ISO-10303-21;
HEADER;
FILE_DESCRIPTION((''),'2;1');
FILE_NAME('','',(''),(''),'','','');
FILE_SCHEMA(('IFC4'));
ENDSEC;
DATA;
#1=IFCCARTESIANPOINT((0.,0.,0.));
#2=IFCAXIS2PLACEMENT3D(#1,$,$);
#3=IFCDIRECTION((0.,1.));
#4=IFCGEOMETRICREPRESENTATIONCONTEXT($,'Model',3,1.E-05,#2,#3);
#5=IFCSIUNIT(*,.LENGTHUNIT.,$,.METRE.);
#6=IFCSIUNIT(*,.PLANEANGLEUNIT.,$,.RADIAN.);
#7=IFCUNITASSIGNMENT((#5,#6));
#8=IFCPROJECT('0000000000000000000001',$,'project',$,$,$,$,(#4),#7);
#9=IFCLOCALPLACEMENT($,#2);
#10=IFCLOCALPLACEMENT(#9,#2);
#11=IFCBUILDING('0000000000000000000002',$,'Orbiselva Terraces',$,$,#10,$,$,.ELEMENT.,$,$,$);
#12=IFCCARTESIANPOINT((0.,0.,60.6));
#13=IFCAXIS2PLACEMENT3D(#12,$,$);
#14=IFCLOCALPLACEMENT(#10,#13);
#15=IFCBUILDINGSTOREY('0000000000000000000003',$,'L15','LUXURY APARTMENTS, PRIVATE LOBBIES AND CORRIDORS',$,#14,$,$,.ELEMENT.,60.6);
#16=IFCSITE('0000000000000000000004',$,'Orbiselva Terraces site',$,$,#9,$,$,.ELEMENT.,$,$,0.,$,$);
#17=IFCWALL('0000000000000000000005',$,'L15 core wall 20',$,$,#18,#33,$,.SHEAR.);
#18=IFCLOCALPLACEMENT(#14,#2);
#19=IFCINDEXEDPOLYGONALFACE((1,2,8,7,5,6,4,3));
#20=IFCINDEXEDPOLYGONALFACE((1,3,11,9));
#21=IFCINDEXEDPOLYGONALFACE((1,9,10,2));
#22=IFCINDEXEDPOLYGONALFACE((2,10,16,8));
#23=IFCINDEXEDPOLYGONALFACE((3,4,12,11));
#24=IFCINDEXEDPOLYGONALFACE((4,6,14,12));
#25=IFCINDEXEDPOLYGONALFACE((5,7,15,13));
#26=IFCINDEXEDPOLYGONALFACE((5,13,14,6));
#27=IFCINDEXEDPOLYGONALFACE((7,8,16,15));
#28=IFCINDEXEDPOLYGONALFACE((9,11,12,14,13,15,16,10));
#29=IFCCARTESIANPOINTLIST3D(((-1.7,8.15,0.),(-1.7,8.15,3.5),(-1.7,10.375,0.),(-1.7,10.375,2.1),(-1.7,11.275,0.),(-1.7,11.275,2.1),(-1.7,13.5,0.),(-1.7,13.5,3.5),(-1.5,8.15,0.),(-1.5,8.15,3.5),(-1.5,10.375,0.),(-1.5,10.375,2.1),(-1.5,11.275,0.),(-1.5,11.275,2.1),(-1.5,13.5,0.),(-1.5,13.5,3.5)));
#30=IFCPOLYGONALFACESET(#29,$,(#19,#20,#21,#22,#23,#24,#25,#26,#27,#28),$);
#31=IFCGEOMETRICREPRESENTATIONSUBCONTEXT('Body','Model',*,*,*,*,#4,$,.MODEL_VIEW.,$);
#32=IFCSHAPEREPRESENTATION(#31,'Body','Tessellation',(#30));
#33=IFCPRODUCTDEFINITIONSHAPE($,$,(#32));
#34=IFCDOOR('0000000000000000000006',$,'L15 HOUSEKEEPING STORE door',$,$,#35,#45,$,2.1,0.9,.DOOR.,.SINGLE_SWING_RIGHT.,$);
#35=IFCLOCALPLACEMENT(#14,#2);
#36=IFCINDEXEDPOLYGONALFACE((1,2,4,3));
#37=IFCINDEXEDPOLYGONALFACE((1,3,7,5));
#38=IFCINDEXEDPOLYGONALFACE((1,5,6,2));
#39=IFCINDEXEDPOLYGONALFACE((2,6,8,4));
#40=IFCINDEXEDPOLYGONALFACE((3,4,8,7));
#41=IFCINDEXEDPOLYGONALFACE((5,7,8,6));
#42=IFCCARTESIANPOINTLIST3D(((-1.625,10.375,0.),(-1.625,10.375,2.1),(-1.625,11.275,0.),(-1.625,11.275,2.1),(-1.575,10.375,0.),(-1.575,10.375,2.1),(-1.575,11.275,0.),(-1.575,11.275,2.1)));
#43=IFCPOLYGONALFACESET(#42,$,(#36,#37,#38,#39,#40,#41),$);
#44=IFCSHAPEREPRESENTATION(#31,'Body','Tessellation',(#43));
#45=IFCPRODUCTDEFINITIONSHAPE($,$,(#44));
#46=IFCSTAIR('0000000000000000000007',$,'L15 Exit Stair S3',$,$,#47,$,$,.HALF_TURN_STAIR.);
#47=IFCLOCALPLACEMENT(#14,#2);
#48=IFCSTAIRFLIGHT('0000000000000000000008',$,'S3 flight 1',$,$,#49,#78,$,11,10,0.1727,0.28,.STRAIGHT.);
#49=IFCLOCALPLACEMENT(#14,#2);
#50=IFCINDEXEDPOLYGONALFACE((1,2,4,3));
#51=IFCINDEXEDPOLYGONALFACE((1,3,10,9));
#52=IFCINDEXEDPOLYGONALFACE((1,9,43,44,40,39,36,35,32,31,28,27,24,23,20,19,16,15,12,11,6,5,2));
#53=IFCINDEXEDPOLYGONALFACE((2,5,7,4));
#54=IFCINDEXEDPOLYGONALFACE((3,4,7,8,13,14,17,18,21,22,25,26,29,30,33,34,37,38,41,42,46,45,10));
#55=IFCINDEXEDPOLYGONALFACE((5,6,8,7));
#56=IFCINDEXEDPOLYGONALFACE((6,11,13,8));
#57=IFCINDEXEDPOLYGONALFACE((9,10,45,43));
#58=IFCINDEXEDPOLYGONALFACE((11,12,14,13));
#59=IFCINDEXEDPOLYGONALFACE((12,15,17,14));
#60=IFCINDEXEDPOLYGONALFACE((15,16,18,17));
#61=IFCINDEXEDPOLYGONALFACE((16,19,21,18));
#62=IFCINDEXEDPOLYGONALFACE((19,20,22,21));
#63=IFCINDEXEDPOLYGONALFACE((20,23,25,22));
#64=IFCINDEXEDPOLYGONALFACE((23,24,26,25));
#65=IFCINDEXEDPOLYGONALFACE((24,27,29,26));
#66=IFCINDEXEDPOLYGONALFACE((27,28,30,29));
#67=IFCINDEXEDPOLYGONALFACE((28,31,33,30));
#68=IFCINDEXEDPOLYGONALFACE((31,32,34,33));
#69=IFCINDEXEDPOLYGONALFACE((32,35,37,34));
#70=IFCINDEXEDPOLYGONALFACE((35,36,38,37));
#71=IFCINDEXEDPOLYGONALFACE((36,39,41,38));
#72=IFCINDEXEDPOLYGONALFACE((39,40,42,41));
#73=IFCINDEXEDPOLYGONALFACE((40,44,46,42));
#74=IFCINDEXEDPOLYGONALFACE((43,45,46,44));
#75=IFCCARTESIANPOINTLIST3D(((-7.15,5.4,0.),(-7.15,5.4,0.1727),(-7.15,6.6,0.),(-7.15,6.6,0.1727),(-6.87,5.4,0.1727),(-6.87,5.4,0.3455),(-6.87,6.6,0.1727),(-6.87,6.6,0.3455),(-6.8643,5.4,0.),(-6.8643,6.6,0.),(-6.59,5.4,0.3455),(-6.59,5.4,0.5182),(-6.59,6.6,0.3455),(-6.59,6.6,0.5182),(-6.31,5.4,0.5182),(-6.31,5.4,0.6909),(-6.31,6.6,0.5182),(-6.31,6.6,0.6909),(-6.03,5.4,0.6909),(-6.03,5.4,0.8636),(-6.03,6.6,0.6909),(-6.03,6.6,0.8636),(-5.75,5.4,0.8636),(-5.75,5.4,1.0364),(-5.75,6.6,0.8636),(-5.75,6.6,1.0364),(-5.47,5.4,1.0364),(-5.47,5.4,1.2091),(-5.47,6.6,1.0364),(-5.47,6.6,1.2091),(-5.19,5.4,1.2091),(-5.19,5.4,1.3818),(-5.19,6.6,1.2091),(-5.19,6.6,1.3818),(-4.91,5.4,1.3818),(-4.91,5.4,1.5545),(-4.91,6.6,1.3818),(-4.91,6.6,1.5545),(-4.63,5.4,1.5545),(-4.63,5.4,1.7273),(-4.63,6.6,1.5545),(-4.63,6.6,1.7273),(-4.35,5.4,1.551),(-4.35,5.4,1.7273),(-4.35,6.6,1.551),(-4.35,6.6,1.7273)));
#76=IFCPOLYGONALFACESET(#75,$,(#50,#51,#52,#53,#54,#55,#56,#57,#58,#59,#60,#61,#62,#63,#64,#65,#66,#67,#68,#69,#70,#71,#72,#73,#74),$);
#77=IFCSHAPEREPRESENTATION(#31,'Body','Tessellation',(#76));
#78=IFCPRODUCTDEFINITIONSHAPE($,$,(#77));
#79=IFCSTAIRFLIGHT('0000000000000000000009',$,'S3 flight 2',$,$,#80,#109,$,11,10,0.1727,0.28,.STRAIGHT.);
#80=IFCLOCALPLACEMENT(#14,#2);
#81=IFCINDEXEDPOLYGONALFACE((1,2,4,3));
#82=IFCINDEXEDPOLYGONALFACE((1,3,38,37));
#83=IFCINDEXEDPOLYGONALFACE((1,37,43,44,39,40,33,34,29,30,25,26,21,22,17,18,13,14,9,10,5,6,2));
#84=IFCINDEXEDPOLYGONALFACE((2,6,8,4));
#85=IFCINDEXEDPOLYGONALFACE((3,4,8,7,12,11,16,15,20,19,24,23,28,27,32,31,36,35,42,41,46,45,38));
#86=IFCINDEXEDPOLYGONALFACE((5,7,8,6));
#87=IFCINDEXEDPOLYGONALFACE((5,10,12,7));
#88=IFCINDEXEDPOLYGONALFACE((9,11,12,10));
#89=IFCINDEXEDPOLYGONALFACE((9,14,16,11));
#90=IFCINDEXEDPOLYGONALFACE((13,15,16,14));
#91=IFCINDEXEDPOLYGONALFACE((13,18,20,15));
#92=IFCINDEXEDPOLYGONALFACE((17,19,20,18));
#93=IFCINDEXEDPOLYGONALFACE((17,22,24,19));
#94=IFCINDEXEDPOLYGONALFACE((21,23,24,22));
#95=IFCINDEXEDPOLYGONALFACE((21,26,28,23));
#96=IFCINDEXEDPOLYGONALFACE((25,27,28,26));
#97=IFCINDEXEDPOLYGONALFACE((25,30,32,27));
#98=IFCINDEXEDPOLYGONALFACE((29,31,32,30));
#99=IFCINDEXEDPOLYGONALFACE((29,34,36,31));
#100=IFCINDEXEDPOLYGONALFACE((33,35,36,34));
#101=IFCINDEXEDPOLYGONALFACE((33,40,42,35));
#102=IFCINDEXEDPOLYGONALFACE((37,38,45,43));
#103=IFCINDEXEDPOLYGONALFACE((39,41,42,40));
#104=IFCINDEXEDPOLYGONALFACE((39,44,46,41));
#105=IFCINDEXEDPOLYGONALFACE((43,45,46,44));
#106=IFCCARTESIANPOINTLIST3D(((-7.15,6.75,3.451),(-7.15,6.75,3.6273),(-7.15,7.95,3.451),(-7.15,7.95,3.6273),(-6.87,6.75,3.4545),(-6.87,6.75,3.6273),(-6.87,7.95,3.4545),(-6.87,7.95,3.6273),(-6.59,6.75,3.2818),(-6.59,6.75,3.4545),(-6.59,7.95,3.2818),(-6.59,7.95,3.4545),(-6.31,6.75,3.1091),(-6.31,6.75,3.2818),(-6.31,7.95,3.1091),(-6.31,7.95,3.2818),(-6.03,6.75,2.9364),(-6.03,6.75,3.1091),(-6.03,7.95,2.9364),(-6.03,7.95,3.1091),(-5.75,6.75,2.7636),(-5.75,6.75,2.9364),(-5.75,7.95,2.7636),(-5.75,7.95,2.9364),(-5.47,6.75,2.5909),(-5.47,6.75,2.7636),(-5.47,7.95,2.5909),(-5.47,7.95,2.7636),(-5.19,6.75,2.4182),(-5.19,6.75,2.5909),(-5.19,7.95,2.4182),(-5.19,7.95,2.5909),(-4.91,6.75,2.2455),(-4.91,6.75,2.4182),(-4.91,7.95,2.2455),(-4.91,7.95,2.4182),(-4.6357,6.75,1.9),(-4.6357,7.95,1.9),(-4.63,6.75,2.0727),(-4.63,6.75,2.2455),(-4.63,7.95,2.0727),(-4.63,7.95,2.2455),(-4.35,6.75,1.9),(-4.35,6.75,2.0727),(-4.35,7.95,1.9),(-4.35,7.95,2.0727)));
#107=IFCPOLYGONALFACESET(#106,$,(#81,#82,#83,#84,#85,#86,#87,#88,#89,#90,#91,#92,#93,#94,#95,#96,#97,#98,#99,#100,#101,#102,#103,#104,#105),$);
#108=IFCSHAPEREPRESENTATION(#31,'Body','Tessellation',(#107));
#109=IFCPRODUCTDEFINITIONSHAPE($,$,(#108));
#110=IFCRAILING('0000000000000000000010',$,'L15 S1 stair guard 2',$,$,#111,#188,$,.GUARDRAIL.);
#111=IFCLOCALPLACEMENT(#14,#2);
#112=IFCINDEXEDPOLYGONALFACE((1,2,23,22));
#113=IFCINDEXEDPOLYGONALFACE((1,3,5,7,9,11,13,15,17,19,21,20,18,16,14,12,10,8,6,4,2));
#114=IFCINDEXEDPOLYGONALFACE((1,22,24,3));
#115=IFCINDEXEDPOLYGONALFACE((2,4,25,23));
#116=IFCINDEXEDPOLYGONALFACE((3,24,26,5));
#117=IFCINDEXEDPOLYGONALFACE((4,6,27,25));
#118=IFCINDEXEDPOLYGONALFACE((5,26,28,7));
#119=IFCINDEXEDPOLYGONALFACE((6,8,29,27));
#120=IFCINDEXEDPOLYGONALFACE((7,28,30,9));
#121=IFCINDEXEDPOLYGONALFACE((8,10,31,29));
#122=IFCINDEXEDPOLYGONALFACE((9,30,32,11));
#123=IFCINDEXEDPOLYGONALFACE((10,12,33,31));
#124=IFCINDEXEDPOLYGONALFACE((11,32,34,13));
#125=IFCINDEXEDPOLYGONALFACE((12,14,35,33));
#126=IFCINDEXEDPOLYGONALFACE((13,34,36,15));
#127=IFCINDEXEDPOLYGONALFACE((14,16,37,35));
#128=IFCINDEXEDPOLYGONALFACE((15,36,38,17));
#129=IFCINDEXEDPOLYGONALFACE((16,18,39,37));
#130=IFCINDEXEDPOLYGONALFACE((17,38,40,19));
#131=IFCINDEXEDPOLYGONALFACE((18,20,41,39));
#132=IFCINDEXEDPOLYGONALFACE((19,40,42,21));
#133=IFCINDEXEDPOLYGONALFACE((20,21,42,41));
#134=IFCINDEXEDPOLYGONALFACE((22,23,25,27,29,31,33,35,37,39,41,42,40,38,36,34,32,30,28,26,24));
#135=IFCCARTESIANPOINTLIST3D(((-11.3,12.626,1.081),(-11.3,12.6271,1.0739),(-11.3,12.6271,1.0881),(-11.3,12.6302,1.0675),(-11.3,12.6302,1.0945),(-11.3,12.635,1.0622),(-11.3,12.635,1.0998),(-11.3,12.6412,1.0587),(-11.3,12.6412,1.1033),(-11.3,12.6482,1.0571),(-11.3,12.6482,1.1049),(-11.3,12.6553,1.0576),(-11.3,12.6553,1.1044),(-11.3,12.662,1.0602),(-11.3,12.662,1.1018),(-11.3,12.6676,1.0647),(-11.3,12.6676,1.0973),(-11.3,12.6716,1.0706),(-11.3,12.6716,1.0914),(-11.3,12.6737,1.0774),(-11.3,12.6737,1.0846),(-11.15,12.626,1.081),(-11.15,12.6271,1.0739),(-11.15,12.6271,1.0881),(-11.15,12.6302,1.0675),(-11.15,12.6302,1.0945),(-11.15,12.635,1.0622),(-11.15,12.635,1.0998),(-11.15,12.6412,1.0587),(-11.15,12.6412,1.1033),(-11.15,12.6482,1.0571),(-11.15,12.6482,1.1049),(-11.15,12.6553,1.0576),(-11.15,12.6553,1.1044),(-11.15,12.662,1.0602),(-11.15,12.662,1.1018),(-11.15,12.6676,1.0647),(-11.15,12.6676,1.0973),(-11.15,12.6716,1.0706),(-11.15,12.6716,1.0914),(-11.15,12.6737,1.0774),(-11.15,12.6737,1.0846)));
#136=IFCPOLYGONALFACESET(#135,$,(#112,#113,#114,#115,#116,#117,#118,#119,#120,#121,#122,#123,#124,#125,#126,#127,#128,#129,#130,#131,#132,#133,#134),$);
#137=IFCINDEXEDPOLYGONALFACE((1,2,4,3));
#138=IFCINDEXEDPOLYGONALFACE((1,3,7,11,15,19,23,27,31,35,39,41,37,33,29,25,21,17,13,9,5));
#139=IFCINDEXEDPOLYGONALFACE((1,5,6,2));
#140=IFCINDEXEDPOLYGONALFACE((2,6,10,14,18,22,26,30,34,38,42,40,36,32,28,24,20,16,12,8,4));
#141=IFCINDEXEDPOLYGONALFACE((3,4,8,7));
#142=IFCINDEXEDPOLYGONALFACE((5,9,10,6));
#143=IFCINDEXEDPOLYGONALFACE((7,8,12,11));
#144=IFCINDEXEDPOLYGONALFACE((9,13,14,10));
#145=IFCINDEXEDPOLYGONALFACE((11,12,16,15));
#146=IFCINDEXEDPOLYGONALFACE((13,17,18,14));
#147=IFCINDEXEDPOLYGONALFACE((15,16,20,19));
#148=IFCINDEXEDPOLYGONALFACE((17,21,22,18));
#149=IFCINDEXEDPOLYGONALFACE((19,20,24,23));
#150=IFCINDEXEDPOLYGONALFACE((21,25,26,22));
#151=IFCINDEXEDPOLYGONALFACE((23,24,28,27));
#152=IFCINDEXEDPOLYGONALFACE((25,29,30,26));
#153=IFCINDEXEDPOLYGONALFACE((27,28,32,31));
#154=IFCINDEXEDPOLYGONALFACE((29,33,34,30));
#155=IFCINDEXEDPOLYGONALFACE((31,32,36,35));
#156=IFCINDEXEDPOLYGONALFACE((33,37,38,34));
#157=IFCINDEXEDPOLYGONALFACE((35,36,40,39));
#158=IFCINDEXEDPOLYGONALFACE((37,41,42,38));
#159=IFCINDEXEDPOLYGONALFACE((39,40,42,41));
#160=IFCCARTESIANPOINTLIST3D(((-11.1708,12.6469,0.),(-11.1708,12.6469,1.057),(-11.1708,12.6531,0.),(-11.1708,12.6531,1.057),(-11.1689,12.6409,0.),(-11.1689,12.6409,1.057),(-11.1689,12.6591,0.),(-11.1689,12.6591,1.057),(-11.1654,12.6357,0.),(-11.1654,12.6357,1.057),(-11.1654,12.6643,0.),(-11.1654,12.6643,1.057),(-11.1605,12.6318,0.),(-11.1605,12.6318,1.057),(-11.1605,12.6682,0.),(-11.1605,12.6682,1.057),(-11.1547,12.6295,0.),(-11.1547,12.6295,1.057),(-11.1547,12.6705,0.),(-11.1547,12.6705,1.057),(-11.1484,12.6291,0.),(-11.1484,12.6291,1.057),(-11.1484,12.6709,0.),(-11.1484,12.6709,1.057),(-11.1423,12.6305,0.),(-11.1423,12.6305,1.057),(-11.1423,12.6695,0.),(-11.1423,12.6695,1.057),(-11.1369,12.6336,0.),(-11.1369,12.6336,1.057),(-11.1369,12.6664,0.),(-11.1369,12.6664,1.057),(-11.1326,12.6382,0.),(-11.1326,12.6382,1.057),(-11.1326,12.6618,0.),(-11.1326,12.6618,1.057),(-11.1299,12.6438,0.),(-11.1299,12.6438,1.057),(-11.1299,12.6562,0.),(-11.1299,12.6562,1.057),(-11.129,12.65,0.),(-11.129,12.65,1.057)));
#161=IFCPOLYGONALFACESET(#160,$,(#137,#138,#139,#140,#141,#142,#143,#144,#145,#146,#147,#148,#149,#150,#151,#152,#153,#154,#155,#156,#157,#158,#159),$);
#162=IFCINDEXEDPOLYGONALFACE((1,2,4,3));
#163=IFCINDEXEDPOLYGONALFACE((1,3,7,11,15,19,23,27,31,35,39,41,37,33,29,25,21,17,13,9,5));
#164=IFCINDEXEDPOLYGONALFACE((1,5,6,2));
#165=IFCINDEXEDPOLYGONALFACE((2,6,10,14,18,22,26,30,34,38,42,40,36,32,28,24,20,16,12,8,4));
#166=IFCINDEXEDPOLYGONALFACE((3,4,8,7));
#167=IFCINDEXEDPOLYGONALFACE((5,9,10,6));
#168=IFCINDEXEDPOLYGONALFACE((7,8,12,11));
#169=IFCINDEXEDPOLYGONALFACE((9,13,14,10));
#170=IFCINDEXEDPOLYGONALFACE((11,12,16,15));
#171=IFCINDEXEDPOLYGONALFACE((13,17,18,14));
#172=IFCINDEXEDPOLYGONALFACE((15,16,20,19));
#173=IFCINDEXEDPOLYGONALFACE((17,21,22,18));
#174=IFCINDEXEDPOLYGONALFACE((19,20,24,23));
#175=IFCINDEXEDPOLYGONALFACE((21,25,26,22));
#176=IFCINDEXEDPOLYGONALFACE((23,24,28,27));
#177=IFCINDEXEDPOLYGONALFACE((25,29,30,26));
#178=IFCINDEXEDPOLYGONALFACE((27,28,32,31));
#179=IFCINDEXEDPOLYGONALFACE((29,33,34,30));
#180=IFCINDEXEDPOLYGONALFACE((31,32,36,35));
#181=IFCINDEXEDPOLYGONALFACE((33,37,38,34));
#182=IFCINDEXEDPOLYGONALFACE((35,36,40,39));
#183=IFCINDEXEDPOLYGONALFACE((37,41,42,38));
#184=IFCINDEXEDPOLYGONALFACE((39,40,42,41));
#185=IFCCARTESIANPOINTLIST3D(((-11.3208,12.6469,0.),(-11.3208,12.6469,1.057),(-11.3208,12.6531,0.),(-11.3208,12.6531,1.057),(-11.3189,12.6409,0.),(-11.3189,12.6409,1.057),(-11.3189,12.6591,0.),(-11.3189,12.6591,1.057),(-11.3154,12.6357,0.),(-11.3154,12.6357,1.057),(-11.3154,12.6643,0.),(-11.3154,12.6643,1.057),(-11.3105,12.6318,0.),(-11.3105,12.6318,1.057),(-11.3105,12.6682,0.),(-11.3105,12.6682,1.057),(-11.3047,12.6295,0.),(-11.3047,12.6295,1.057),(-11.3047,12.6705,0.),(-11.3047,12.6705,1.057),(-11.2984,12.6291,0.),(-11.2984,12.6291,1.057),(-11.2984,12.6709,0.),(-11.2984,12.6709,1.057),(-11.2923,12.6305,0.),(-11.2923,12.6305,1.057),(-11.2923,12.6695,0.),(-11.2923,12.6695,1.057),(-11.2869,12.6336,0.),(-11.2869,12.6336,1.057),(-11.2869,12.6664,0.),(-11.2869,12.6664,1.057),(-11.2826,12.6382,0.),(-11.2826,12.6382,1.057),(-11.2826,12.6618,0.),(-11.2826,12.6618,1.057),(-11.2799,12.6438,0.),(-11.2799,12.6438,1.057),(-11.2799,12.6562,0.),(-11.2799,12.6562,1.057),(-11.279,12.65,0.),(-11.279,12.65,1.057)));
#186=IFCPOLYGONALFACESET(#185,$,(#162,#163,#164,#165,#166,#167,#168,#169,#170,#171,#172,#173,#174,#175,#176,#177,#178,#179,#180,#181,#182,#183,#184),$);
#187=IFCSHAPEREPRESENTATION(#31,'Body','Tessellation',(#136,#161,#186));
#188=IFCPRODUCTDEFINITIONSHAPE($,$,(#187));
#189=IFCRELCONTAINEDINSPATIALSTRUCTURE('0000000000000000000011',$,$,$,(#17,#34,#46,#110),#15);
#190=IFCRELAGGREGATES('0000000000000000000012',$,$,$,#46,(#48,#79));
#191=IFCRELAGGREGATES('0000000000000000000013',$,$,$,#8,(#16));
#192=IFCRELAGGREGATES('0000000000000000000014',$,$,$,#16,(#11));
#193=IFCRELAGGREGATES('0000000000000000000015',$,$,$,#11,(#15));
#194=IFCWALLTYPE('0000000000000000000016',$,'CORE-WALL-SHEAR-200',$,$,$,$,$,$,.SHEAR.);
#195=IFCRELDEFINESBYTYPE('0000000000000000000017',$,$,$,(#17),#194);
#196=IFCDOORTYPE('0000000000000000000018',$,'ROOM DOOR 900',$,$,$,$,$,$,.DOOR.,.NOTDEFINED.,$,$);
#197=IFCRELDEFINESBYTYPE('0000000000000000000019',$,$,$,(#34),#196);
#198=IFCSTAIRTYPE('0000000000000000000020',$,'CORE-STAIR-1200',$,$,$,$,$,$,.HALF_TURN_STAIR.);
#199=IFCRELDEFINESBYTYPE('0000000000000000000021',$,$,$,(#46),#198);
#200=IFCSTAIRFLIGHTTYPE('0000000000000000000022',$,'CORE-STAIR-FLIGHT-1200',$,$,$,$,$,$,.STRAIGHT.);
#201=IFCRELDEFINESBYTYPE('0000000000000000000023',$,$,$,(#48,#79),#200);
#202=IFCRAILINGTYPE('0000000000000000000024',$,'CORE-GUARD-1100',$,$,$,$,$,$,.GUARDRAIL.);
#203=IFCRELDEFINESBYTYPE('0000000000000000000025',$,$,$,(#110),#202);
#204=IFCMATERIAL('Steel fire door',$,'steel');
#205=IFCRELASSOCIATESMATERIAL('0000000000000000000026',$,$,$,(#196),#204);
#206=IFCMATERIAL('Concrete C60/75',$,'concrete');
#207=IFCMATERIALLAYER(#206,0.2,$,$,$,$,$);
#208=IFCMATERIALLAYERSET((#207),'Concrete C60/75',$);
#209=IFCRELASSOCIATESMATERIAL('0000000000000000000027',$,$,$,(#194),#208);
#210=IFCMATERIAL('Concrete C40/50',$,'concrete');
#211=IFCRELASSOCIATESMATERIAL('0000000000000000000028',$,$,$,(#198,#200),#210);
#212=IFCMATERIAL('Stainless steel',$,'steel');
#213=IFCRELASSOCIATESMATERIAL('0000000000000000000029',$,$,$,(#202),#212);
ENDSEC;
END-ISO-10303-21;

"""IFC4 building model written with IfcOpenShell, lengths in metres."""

from ifc_helpers import new_model, si_unit, direction, frame, frame_2d, origin, origin_2d, place, context, subcontext, project, spatial, polyline, rectangle, circle, outline, extrude, material, layer, layer_set, type_object, element, fill, aggregate, save


model = new_model("IFC4")

# Units and contexts
model_context = context("Model", 3, precision=1e-05, world=origin(), true_north=direction((0.0, 1.0)))
body_context = subcontext(model_context, "Body", "Model", "MODEL_VIEW")
ifc_project = project(units=[si_unit("LENGTHUNIT", "METRE"), si_unit("PLANEANGLEUNIT", "RADIAN")], contexts=[model_context])

# Site, building, storey
site_placement = place(None, origin())
site = spatial("IfcSite", under=ifc_project, at=site_placement, Name="Orbiselva Terraces site", CompositionType="ELEMENT", RefElevation=0.0)
building_placement = place(site_placement, origin())
building = spatial("IfcBuilding", under=site, at=building_placement, Name="Orbiselva Terraces", CompositionType="ELEMENT")
storey_placement = place(building_placement, frame((0.0, 0.0, 60.6)))
storey = spatial("IfcBuildingStorey", under=building, at=storey_placement, Name="L15", Description="LUXURY APARTMENTS, PRIVATE LOBBIES AND CORRIDORS", CompositionType="ELEMENT", Elevation=60.6)

# Shared definitions
ifc_material_1 = material(Name="Steel fire door", Category="steel")
door_type = type_object("IfcDoorType", Name="ROOM DOOR 900", OperationType="NOTDEFINED", PredefinedType="DOOR", material=ifc_material_1)

# Shared definitions
ifc_material_2 = material(Name="Concrete C60/75", Category="concrete")
ifc_layer_1 = layer(ifc_material_2, 0.2)
ifc_layer_set_1 = layer_set([ifc_layer_1], Name="Concrete C60/75")
wall_type_1 = type_object("IfcWallType", Name="CORE-WALL-SHEAR-200", PredefinedType="SHEAR", material=ifc_layer_set_1)

# Wall, opening, door
wall_1_placement = place(storey_placement, frame((-1.6, 8.15, 0.0), z_axis=(0.0, 0.0, 1.0), x_axis=(0.0, 1.0, 0.0)))
wall_1 = element("IfcWall", 1, at=wall_1_placement, inside=storey, type_object=wall_type_1, Name="L15 core wall 20", PredefinedType="SHEAR", context=body_context, shape_type="SweptSolid", body=[
    extrude(rectangle(XDim=5.35, YDim=0.2, at=frame_2d((2.675, 0.0))), origin(), (0.0, 0.0, 1.0), 3.5),
])
opening_1_placement = place(wall_1_placement, frame((2.225, 0.0, 0.0)))
opening_1 = element("IfcOpeningElement", 2, at=opening_1_placement, cuts=wall_1, PredefinedType="OPENING", context=body_context, shape_type="SweptSolid", body=[
    extrude(rectangle(XDim=0.9, YDim=2.1, at=frame_2d((0.45, 1.05))), frame((0.0, 0.11, 0.0), z_axis=(0.0, -1.0, 0.0), x_axis=(1.0, 0.0, 0.0)), (0.0, 0.0, 1.0), 0.22),
])
door_1_placement = place(opening_1_placement, origin())
door_1 = element("IfcDoor", 3, at=door_1_placement, inside=storey, type_object=door_type, Name="L15 HOUSEKEEPING STORE door", OperationType="SINGLE_SWING_RIGHT", OverallHeight=2.1, OverallWidth=0.9, PredefinedType="DOOR", context=body_context, shape_type="SweptSolid", body=[
    extrude(rectangle(XDim=0.9, YDim=2.1, at=frame_2d((0.45, 1.05))), frame((0.0, 0.025, 0.0), z_axis=(0.0, -1.0, 0.0), x_axis=(1.0, 0.0, 0.0)), (0.0, 0.0, 1.0), 0.05),
])
fill(opening_1, door_1)

# Stair, stair flights
ifc_material_3 = material(Name="Concrete C40/50", Category="concrete")
stair_type = type_object("IfcStairType", Name="CORE-STAIR-1200", PredefinedType="HALF_TURN_STAIR", material=ifc_material_3)
stair_placement = place(storey_placement, origin())
stair = element("IfcStair", 4, at=stair_placement, inside=storey, type_object=stair_type, Name="L15 Exit Stair S3", PredefinedType="HALF_TURN_STAIR")
stair_flight_type = type_object("IfcStairFlightType", Name="CORE-STAIR-FLIGHT-1200", PredefinedType="STRAIGHT", material=ifc_material_3)
stair_flight_1_placement = place(storey_placement, frame((-7.15, 6.0, 0.0), z_axis=(0.0, 0.0, 1.0), x_axis=(1.0, 0.0, 0.0)))
stair_flight_1 = element("IfcStairFlight", 5, at=stair_flight_1_placement, type_object=stair_flight_type, Name="S3 flight 1", NumberOfRisers=11, NumberOfTreads=10, PredefinedType="STRAIGHT", RiserHeight=0.1727, TreadLength=0.28, context=body_context, shape_type="SweptSolid", body=[
    extrude(outline(polyline([(0.0, 0.0), (0.0, 0.1727), (0.28, 0.1727), (0.28, 0.3455), (0.56, 0.3455), (0.56, 0.5182), (0.84, 0.5182), (0.84, 0.6909), (1.12, 0.6909), (1.12, 0.8636), (1.4, 0.8636), (1.4, 1.0364), (1.68, 1.0364), (1.68, 1.2091), (1.96, 1.2091), (1.96, 1.3818), (2.24, 1.3818), (2.24, 1.5545), (2.52, 1.5545), (2.52, 1.7273), (2.8, 1.7273), (2.8, 1.9), (2.8, 1.551), (0.2857, 0.0), (0.0, 0.0)])), frame((0.0, 0.6, 0.0), z_axis=(0.0, -1.0, 0.0), x_axis=(1.0, 0.0, 0.0)), (0.0, 0.0, 1.0), 1.2),
])
stair_flight_2_placement = place(storey_placement, frame((-4.35, 7.35, 1.9), z_axis=(0.0, 0.0, 1.0), x_axis=(-1.0, 0.0, 0.0)))
stair_flight_2 = element("IfcStairFlight", 6, at=stair_flight_2_placement, type_object=stair_flight_type, Name="S3 flight 2", NumberOfRisers=11, NumberOfTreads=10, PredefinedType="STRAIGHT", RiserHeight=0.1727, TreadLength=0.28, context=body_context, shape_type="SweptSolid", body=[
    extrude(outline(polyline([(0.0, 0.0), (0.0, 0.1727), (0.28, 0.1727), (0.28, 0.3455), (0.56, 0.3455), (0.56, 0.5182), (0.84, 0.5182), (0.84, 0.6909), (1.12, 0.6909), (1.12, 0.8636), (1.4, 0.8636), (1.4, 1.0364), (1.68, 1.0364), (1.68, 1.2091), (1.96, 1.2091), (1.96, 1.3818), (2.24, 1.3818), (2.24, 1.5545), (2.52, 1.5545), (2.52, 1.7273), (2.8, 1.7273), (2.8, 1.9), (2.8, 1.551), (0.2857, 0.0), (0.0, 0.0)])), frame((0.0, 0.6, 0.0), z_axis=(0.0, -1.0, 0.0), x_axis=(1.0, 0.0, 0.0)), (0.0, 0.0, 1.0), 1.2),
])
aggregate(stair, [stair_flight_1, stair_flight_2])

# Railing
ifc_material_4 = material(Name="Stainless steel", Category="steel")
railing_type_1 = type_object("IfcRailingType", Name="CORE-GUARD-1100", PredefinedType="GUARDRAIL", material=ifc_material_4)
railing_1_placement = place(storey_placement, frame((-11.15, 12.65, 0.0)))
element("IfcRailing", 7, at=railing_1_placement, inside=storey, type_object=railing_type_1, Name="L15 S1 stair guard 2", PredefinedType="GUARDRAIL", context=body_context, shape_type="SweptSolid", body=[
    extrude(circle(Radius=0.024, at=origin_2d()), frame((0.0, 0.0, 1.081), z_axis=(-1.0, 0.0, 0.0), x_axis=(0.0, -1.0, 0.0)), (0.0, 0.0, 1.0), 0.15),
    extrude(circle(Radius=0.021, at=origin_2d()), origin(), (0.0, 0.0, 1.0), 1.057),
    extrude(circle(Radius=0.021, at=origin_2d()), frame((-0.15, 0.0, 0.0)), (0.0, 0.0, 1.0), 1.057),
])

save(model, "model.ifc")
